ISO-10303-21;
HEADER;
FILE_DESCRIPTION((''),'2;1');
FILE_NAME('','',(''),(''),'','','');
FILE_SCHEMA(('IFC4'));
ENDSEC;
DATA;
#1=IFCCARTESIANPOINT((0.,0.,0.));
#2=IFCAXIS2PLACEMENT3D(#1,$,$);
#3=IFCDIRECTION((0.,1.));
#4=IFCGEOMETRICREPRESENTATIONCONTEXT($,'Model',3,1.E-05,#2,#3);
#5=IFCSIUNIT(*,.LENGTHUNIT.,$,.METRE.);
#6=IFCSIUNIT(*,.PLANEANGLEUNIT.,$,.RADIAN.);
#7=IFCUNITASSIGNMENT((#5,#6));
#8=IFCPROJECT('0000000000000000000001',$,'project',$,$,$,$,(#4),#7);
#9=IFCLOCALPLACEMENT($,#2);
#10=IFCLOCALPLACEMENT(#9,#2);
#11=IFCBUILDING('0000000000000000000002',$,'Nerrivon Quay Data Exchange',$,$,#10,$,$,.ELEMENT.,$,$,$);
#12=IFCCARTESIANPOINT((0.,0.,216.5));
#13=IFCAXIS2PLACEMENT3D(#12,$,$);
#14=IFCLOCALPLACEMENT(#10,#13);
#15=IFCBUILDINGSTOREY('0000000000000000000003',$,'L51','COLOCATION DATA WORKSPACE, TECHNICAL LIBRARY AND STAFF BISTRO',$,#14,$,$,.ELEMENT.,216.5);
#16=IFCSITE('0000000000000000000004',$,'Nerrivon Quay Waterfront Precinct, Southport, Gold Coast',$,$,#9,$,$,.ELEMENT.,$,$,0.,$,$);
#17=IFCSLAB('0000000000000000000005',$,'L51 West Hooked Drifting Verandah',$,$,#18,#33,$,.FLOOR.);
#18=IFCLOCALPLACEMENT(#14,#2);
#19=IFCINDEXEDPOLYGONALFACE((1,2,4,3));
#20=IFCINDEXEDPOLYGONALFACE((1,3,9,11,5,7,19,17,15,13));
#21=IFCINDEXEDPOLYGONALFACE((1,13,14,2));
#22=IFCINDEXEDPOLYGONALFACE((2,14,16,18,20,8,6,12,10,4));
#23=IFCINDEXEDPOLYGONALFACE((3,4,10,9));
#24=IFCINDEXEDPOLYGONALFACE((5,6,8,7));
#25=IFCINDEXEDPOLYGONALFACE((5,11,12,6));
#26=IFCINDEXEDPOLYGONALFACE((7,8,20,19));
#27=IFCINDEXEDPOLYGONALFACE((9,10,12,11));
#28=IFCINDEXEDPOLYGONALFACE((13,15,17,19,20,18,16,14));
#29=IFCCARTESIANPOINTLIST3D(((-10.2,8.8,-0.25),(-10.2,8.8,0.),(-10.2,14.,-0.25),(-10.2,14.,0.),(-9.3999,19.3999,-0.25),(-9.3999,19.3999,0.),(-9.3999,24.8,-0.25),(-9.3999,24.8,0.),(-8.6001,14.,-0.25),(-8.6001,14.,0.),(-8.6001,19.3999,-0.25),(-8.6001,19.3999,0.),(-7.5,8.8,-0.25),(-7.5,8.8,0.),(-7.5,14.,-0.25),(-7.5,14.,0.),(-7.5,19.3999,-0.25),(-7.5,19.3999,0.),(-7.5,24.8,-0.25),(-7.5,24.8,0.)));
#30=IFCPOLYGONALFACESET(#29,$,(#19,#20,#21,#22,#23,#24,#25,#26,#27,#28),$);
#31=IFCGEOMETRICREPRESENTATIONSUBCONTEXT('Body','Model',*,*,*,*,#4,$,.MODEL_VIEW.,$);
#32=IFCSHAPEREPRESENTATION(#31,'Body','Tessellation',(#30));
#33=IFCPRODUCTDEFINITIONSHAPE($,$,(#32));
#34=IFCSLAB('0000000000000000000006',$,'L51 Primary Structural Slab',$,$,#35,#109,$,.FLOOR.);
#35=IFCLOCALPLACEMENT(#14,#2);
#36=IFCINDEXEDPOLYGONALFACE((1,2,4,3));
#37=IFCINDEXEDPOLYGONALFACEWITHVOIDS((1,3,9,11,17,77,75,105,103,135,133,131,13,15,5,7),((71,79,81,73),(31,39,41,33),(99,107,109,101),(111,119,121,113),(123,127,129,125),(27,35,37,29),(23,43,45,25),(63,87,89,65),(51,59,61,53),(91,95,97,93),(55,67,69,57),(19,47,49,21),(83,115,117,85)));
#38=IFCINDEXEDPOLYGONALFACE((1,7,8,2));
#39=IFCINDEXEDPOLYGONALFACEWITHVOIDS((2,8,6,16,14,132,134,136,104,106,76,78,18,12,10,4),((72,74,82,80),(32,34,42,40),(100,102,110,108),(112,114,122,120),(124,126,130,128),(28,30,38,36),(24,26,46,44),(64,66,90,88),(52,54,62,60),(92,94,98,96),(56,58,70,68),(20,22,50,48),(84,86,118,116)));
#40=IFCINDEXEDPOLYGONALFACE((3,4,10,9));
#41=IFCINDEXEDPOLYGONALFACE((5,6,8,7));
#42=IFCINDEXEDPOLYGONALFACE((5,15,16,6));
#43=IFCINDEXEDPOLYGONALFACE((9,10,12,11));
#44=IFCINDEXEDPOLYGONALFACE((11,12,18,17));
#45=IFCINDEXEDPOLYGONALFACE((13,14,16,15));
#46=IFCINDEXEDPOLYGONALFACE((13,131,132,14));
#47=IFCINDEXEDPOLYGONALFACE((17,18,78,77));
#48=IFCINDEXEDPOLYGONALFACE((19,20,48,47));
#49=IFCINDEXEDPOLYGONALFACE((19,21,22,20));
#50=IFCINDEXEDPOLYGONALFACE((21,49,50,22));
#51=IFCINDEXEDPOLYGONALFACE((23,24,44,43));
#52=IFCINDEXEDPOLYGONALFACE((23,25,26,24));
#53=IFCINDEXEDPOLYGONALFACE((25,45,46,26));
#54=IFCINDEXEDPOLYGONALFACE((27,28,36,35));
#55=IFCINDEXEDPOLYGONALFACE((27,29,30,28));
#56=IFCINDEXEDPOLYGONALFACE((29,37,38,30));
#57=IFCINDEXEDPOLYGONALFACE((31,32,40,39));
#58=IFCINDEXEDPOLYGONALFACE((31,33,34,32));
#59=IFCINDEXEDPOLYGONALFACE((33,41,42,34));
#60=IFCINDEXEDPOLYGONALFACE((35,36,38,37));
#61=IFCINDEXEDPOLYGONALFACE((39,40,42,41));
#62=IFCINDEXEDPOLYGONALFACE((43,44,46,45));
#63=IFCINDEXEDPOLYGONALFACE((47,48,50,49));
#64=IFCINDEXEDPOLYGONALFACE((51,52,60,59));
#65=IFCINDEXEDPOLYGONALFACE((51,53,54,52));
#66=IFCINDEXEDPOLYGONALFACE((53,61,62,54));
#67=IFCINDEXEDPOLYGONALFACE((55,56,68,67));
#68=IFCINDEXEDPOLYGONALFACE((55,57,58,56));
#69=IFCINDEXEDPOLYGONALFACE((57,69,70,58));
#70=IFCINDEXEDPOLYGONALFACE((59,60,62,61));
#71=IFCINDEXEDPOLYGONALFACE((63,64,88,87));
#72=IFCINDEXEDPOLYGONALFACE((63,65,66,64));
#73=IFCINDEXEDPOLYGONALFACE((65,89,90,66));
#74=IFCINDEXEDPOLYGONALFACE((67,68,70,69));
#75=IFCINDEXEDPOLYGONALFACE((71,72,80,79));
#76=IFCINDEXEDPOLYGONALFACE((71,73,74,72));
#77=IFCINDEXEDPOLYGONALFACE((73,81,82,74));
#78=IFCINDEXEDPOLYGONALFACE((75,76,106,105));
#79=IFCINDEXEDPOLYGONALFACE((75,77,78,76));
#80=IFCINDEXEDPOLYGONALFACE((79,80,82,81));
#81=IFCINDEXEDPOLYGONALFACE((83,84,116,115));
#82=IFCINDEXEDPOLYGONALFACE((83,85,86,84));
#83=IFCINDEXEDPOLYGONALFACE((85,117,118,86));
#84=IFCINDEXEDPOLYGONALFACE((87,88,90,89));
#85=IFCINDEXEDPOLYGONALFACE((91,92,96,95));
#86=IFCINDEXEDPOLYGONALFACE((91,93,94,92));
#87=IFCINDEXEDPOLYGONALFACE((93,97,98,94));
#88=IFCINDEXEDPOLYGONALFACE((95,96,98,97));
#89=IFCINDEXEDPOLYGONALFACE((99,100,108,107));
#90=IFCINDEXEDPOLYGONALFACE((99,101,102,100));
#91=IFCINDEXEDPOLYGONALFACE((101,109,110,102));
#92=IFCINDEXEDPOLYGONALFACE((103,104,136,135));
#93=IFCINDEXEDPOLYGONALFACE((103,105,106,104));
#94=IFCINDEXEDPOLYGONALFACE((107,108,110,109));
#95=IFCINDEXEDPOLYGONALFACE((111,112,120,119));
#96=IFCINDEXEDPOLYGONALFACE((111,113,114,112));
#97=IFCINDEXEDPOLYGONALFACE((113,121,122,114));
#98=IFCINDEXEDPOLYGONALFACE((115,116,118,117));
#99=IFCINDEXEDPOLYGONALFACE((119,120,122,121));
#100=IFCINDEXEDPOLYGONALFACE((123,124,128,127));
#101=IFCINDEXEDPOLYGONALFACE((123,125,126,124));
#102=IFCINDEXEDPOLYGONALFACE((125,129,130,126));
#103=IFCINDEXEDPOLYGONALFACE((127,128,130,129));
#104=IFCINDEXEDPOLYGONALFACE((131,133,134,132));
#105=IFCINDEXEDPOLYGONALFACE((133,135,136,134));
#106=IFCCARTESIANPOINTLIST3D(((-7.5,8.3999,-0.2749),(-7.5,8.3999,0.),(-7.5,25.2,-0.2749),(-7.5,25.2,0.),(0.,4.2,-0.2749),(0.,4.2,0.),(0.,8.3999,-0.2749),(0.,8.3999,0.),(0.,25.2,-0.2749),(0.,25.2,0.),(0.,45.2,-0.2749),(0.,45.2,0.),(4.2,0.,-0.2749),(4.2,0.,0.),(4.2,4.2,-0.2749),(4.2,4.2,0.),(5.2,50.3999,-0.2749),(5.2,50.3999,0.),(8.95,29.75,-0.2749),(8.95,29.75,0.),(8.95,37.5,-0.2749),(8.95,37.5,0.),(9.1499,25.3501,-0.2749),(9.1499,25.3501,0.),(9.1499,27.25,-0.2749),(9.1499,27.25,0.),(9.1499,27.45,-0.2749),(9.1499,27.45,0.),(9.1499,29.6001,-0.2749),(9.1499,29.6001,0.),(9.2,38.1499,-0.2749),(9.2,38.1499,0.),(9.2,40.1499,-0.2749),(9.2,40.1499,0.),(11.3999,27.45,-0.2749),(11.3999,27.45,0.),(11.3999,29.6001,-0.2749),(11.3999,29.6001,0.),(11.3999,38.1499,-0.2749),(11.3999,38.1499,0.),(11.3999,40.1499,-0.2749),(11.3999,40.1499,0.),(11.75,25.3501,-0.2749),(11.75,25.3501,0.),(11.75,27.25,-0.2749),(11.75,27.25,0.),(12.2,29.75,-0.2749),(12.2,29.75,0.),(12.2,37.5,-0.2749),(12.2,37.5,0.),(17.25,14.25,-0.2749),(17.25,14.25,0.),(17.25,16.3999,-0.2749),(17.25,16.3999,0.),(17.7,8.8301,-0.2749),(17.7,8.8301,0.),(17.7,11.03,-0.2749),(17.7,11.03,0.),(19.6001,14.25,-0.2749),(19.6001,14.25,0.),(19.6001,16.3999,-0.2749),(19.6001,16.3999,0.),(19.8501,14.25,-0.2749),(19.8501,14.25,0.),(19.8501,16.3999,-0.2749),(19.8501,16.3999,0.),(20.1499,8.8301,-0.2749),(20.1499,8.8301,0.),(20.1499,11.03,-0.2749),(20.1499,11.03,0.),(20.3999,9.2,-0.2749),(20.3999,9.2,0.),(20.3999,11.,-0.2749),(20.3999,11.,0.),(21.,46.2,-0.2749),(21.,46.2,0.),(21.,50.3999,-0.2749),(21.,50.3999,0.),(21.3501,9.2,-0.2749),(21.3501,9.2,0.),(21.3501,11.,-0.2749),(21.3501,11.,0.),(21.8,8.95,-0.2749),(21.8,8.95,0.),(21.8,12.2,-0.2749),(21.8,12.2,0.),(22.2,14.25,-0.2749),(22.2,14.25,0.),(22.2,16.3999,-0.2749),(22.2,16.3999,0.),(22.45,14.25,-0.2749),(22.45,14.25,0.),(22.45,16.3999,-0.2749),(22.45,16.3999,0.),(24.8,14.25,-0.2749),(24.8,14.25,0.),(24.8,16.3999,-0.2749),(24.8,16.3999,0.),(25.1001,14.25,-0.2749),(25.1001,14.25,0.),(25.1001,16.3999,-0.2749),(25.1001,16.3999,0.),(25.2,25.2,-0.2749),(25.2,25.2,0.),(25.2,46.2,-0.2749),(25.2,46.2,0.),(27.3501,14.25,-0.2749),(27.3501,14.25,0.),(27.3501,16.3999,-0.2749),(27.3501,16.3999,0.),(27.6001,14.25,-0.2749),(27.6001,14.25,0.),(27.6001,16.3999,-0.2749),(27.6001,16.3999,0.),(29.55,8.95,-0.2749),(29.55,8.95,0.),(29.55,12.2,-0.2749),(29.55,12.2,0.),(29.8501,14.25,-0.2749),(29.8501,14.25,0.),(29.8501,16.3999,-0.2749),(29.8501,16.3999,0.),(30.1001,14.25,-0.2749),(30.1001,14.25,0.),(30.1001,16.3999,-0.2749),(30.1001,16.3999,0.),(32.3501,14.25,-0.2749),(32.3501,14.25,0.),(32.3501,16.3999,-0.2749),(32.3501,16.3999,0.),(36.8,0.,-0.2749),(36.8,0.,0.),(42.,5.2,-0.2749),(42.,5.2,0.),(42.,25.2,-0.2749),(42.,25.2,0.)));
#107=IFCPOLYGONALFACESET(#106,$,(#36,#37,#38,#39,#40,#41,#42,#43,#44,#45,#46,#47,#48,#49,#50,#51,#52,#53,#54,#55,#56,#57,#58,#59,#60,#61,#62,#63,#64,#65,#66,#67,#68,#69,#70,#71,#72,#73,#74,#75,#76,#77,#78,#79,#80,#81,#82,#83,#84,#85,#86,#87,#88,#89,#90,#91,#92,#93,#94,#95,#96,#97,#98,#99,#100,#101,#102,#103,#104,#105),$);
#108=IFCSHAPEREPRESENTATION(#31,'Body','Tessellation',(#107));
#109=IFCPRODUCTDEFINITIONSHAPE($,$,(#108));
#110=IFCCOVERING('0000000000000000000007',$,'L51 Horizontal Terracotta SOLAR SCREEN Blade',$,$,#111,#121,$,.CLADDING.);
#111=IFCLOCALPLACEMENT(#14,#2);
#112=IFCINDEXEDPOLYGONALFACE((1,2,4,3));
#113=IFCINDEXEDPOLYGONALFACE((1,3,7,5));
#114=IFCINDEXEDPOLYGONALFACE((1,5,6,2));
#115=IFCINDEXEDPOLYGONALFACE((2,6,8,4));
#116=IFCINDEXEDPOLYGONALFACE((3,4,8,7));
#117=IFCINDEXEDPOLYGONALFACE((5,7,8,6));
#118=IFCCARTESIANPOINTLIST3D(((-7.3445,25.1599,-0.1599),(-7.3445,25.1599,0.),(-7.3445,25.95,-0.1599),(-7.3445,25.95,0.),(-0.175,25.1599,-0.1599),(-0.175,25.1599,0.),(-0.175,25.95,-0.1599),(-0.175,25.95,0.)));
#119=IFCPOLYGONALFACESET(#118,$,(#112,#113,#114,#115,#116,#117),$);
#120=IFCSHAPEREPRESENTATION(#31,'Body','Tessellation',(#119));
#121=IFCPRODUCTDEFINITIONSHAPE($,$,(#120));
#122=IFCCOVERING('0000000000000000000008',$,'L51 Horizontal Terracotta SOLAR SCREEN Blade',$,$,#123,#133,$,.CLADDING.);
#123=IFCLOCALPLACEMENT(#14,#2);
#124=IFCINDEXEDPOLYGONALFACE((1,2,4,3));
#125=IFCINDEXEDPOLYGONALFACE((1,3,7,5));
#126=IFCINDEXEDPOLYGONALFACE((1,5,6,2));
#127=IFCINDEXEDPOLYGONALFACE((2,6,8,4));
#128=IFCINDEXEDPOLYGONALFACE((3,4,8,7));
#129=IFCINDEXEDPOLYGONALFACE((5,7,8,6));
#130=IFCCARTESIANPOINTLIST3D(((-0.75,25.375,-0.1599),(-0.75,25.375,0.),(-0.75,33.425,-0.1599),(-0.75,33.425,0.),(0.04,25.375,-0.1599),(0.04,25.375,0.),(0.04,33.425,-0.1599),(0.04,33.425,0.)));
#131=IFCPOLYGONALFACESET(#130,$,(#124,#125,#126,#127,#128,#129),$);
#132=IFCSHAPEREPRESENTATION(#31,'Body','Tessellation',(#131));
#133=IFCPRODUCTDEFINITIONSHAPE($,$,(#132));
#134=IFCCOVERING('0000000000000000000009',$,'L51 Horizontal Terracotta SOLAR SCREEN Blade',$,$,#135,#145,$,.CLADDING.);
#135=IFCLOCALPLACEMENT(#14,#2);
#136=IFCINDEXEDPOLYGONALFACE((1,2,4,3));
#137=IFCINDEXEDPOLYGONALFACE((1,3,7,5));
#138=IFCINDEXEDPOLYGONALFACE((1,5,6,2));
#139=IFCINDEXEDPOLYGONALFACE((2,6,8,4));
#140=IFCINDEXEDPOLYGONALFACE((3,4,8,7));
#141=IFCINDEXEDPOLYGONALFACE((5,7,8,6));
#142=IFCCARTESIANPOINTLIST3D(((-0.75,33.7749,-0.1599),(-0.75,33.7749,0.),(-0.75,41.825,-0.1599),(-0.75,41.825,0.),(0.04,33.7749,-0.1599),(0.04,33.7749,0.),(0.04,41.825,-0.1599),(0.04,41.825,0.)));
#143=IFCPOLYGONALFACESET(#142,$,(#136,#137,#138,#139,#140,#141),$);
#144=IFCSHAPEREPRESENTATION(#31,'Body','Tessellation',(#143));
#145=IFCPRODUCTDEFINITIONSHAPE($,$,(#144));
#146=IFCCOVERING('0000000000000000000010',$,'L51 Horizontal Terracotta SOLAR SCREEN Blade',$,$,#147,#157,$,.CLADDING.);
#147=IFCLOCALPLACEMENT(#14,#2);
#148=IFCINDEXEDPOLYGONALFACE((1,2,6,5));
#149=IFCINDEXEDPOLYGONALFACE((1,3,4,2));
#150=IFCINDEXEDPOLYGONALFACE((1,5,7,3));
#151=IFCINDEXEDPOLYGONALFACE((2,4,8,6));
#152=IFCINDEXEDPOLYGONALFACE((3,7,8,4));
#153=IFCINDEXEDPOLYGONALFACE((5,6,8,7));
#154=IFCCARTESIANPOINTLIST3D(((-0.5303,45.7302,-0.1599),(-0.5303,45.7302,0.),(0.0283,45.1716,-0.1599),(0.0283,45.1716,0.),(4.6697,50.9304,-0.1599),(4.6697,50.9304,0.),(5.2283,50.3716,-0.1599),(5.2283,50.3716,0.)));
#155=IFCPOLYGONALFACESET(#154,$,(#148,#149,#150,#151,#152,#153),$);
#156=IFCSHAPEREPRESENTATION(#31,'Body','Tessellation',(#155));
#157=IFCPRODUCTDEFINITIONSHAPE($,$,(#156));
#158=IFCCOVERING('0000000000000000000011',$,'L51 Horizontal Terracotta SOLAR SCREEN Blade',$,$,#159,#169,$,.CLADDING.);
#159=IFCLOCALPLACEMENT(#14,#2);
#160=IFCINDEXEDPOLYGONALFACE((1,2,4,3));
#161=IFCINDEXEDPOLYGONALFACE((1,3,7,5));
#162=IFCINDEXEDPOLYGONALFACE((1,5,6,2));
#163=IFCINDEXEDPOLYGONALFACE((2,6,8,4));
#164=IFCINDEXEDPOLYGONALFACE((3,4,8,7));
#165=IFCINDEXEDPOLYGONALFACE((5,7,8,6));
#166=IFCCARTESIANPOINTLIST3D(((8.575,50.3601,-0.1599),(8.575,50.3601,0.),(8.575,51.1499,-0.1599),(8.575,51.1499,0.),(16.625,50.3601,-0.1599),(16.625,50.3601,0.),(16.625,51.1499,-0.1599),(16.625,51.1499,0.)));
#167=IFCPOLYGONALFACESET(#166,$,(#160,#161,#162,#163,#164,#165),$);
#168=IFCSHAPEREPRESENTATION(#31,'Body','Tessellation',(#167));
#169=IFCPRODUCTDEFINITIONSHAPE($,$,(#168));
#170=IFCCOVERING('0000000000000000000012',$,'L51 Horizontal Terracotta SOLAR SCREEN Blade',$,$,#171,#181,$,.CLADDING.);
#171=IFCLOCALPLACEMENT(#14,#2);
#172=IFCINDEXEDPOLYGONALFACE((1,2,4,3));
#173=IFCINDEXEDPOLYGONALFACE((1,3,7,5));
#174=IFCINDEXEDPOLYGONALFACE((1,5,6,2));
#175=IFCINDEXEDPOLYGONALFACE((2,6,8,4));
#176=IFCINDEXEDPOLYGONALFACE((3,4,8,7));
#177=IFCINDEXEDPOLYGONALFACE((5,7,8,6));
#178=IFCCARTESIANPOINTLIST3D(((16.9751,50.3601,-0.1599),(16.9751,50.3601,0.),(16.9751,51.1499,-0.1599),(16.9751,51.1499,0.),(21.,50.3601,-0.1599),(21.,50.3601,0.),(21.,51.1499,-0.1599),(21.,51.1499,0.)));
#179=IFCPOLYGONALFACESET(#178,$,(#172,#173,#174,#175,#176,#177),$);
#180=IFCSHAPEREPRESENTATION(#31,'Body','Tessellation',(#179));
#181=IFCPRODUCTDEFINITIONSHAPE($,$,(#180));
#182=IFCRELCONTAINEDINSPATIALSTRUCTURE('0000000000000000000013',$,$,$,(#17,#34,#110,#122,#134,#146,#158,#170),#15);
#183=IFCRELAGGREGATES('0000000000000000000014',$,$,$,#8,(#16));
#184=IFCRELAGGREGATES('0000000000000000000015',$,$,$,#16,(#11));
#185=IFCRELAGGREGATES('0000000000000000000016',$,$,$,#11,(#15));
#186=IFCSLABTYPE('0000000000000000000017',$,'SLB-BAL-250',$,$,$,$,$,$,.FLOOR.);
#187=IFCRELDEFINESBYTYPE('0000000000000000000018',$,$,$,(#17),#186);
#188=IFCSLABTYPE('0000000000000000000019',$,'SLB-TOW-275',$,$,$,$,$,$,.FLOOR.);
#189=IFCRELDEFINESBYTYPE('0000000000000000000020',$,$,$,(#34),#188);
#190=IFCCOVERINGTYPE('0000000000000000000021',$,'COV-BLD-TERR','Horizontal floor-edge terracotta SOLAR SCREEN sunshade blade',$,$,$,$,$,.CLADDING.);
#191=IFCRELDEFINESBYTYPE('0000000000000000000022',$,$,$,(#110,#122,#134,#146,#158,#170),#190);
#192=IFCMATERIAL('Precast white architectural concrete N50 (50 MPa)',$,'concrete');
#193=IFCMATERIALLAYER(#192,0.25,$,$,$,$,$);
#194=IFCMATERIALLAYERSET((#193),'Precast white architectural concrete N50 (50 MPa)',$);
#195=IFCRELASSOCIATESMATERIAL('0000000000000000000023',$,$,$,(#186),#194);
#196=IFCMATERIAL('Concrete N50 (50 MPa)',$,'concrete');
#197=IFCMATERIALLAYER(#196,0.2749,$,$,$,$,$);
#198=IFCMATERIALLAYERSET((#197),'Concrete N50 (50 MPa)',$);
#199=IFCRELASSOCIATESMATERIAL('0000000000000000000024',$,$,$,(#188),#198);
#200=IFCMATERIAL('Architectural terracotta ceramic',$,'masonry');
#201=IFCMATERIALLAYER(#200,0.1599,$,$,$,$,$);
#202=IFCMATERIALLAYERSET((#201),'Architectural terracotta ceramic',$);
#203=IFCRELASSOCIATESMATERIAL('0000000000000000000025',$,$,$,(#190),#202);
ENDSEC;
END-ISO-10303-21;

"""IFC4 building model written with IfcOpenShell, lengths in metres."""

from ifc_helpers import new_model, si_unit, direction, frame, origin, place, context, subcontext, project, spatial, polyline, outline, extrude, material, layer, layer_set, type_object, element, save


model = new_model("IFC4")

# Units and contexts
model_context = context("Model", 3, precision=1e-05, world=origin(), true_north=direction((0.0, 1.0)))
body_context = subcontext(model_context, "Body", "Model", "MODEL_VIEW")
ifc_project = project(units=[si_unit("LENGTHUNIT", "METRE"), si_unit("PLANEANGLEUNIT", "RADIAN")], contexts=[model_context])

# Site, building, storey
site_placement = place(None, origin())
site = spatial("IfcSite", under=ifc_project, at=site_placement, Name="Nerrivon Quay Waterfront Precinct, Southport, Gold Coast", CompositionType="ELEMENT", RefElevation=0.0)
building_placement = place(site_placement, origin())
building = spatial("IfcBuilding", under=site, at=building_placement, Name="Nerrivon Quay Data Exchange", CompositionType="ELEMENT")
storey_placement = place(building_placement, frame((0.0, 0.0, 216.5)))
storey = spatial("IfcBuildingStorey", under=building, at=storey_placement, Name="L51", Description="COLOCATION DATA WORKSPACE, TECHNICAL LIBRARY AND STAFF BISTRO", CompositionType="ELEMENT", Elevation=216.5)

# Slabs
ifc_material_1 = material(Name="Precast white architectural concrete N50 (50 MPa)", Category="concrete")
ifc_layer_1 = layer(ifc_material_1, 0.25)
ifc_layer_set_1 = layer_set([ifc_layer_1], Name="Precast white architectural concrete N50 (50 MPa)")
slab_type_1 = type_object("IfcSlabType", Name="SLB-BAL-250", PredefinedType="FLOOR", material=ifc_layer_set_1)
slab_1_placement = place(storey_placement, frame((0.0, 0.0, -0.25)))
element("IfcSlab", 1, at=slab_1_placement, inside=storey, type_object=slab_type_1, Name="L51 West Hooked Drifting Verandah", PredefinedType="FLOOR", context=body_context, shape_type="SweptSolid", body=[
    extrude(outline(polyline([(-7.5, 14.0), (-7.5, 19.3999), (-7.5, 24.8), (-9.3999, 24.8), (-9.3999, 19.3999), (-8.6001, 19.3999), (-8.6001, 14.0), (-10.2, 14.0), (-10.2, 8.8), (-7.5, 8.8), (-7.5, 14.0)])), origin(), (0.0, 0.0, 1.0), 0.25),
])
ifc_material_2 = material(Name="Concrete N50 (50 MPa)", Category="concrete")
ifc_layer_2 = layer(ifc_material_2, 0.2749)
ifc_layer_set_2 = layer_set([ifc_layer_2], Name="Concrete N50 (50 MPa)")
slab_type_2 = type_object("IfcSlabType", Name="SLB-TOW-275", PredefinedType="FLOOR", material=ifc_layer_set_2)
slab_2_placement = place(storey_placement, frame((0.0, 0.0, -0.2749)))
element("IfcSlab", 2, at=slab_2_placement, inside=storey, type_object=slab_type_2, Name="L51 Primary Structural Slab", PredefinedType="FLOOR", context=body_context, shape_type="SweptSolid", body=[
    extrude(outline(polyline([(0.0, 8.3999), (0.0, 4.2), (4.2, 4.2), (4.2, 0.0), (36.8, 0.0), (42.0, 5.2), (42.0, 25.2), (25.2, 25.2), (25.2, 46.2), (21.0, 46.2), (21.0, 50.3999), (5.2, 50.3999), (0.0, 45.2), (0.0, 25.2), (-7.5, 25.2), (-7.5, 8.3999), (0.0, 8.3999)]), holes=[polyline([(8.95, 29.75), (8.95, 37.5), (12.2, 37.5), (12.2, 29.75), (8.95, 29.75)]), polyline([(21.8, 12.2), (29.55, 12.2), (29.55, 8.95), (21.8, 8.95), (21.8, 12.2)]), polyline([(30.1001, 16.3999), (32.3501, 16.3999), (32.3501, 14.25), (30.1001, 14.25), (30.1001, 16.3999)]), polyline([(27.6001, 16.3999), (29.8501, 16.3999), (29.8501, 14.25), (27.6001, 14.25), (27.6001, 16.3999)]), polyline([(25.1001, 14.25), (25.1001, 16.3999), (27.3501, 16.3999), (27.3501, 14.25), (25.1001, 14.25)]), polyline([(22.45, 16.3999), (24.8, 16.3999), (24.8, 14.25), (22.45, 14.25), (22.45, 16.3999)]), polyline([(19.8501, 16.3999), (22.2, 16.3999), (22.2, 14.25), (19.8501, 14.25), (19.8501, 16.3999)]), polyline([(20.3999, 9.2), (20.3999, 11.0), (21.3501, 11.0), (21.3501, 9.2), (20.3999, 9.2)]), polyline([(17.7, 8.8301), (17.7, 11.03), (20.1499, 11.03), (20.1499, 8.8301), (17.7, 8.8301)]), polyline([(17.25, 14.25), (17.25, 16.3999), (19.6001, 16.3999), (19.6001, 14.25), (17.25, 14.25)]), polyline([(9.1499, 27.25), (11.75, 27.25), (11.75, 25.3501), (9.1499, 25.3501), (9.1499, 27.25)]), polyline([(9.1499, 29.6001), (11.3999, 29.6001), (11.3999, 27.45), (9.1499, 27.45), (9.1499, 29.6001)]), polyline([(9.2, 38.1499), (9.2, 40.1499), (11.3999, 40.1499), (11.3999, 38.1499), (9.2, 38.1499)])]), origin(), (0.0, 0.0, 1.0), 0.2749),
])

# Coverings
ifc_material_3 = material(Name="Architectural terracotta ceramic", Category="masonry")
ifc_layer_3 = layer(ifc_material_3, 0.1599)
ifc_layer_set_3 = layer_set([ifc_layer_3], Name="Architectural terracotta ceramic")
covering_type = type_object("IfcCoveringType", Name="COV-BLD-TERR", Description="Horizontal floor-edge terracotta SOLAR SCREEN sunshade blade", PredefinedType="CLADDING", material=ifc_layer_set_3)
covering_1_placement = place(storey_placement, frame((0.0, 0.0, -0.1599)))
element("IfcCovering", 3, at=covering_1_placement, inside=storey, type_object=covering_type, Name="L51 Horizontal Terracotta SOLAR SCREEN Blade", PredefinedType="CLADDING", context=body_context, shape_type="SweptSolid", body=[
    extrude(outline(polyline([(-7.3445, 25.1599), (-0.175, 25.1599), (-0.175, 25.95), (-7.3445, 25.95), (-7.3445, 25.1599)])), origin(), (0.0, 0.0, 1.0), 0.1599),
])
covering_2_placement = place(storey_placement, frame((0.0, 0.0, -0.1599)))
element("IfcCovering", 4, at=covering_2_placement, inside=storey, type_object=covering_type, Name="L51 Horizontal Terracotta SOLAR SCREEN Blade", PredefinedType="CLADDING", context=body_context, shape_type="SweptSolid", body=[
    extrude(outline(polyline([(0.04, 25.375), (0.04, 33.425), (-0.75, 33.425), (-0.75, 25.375), (0.04, 25.375)])), origin(), (0.0, 0.0, 1.0), 0.1599),
])
covering_3_placement = place(storey_placement, frame((0.0, 0.0, -0.1599)))
element("IfcCovering", 5, at=covering_3_placement, inside=storey, type_object=covering_type, Name="L51 Horizontal Terracotta SOLAR SCREEN Blade", PredefinedType="CLADDING", context=body_context, shape_type="SweptSolid", body=[
    extrude(outline(polyline([(0.04, 33.7749), (0.04, 41.825), (-0.75, 41.825), (-0.75, 33.7749), (0.04, 33.7749)])), origin(), (0.0, 0.0, 1.0), 0.1599),
])
covering_4_placement = place(storey_placement, frame((0.0, 0.0, -0.1599)))
element("IfcCovering", 6, at=covering_4_placement, inside=storey, type_object=covering_type, Name="L51 Horizontal Terracotta SOLAR SCREEN Blade", PredefinedType="CLADDING", context=body_context, shape_type="SweptSolid", body=[
    extrude(outline(polyline([(0.0283, 45.1716), (5.2283, 50.3716), (4.6697, 50.9304), (-0.5303, 45.7302), (0.0283, 45.1716)])), origin(), (0.0, 0.0, 1.0), 0.1599),
])
covering_5_placement = place(storey_placement, frame((0.0, 0.0, -0.1599)))
element("IfcCovering", 7, at=covering_5_placement, inside=storey, type_object=covering_type, Name="L51 Horizontal Terracotta SOLAR SCREEN Blade", PredefinedType="CLADDING", context=body_context, shape_type="SweptSolid", body=[
    extrude(outline(polyline([(8.575, 50.3601), (16.625, 50.3601), (16.625, 51.1499), (8.575, 51.1499), (8.575, 50.3601)])), origin(), (0.0, 0.0, 1.0), 0.1599),
])
covering_6_placement = place(storey_placement, frame((0.0, 0.0, -0.1599)))
element("IfcCovering", 8, at=covering_6_placement, inside=storey, type_object=covering_type, Name="L51 Horizontal Terracotta SOLAR SCREEN Blade", PredefinedType="CLADDING", context=body_context, shape_type="SweptSolid", body=[
    extrude(outline(polyline([(16.9751, 50.3601), (21.0, 50.3601), (21.0, 51.1499), (16.9751, 51.1499), (16.9751, 50.3601)])), origin(), (0.0, 0.0, 1.0), 0.1599),
])

save(model, "model.ifc")
